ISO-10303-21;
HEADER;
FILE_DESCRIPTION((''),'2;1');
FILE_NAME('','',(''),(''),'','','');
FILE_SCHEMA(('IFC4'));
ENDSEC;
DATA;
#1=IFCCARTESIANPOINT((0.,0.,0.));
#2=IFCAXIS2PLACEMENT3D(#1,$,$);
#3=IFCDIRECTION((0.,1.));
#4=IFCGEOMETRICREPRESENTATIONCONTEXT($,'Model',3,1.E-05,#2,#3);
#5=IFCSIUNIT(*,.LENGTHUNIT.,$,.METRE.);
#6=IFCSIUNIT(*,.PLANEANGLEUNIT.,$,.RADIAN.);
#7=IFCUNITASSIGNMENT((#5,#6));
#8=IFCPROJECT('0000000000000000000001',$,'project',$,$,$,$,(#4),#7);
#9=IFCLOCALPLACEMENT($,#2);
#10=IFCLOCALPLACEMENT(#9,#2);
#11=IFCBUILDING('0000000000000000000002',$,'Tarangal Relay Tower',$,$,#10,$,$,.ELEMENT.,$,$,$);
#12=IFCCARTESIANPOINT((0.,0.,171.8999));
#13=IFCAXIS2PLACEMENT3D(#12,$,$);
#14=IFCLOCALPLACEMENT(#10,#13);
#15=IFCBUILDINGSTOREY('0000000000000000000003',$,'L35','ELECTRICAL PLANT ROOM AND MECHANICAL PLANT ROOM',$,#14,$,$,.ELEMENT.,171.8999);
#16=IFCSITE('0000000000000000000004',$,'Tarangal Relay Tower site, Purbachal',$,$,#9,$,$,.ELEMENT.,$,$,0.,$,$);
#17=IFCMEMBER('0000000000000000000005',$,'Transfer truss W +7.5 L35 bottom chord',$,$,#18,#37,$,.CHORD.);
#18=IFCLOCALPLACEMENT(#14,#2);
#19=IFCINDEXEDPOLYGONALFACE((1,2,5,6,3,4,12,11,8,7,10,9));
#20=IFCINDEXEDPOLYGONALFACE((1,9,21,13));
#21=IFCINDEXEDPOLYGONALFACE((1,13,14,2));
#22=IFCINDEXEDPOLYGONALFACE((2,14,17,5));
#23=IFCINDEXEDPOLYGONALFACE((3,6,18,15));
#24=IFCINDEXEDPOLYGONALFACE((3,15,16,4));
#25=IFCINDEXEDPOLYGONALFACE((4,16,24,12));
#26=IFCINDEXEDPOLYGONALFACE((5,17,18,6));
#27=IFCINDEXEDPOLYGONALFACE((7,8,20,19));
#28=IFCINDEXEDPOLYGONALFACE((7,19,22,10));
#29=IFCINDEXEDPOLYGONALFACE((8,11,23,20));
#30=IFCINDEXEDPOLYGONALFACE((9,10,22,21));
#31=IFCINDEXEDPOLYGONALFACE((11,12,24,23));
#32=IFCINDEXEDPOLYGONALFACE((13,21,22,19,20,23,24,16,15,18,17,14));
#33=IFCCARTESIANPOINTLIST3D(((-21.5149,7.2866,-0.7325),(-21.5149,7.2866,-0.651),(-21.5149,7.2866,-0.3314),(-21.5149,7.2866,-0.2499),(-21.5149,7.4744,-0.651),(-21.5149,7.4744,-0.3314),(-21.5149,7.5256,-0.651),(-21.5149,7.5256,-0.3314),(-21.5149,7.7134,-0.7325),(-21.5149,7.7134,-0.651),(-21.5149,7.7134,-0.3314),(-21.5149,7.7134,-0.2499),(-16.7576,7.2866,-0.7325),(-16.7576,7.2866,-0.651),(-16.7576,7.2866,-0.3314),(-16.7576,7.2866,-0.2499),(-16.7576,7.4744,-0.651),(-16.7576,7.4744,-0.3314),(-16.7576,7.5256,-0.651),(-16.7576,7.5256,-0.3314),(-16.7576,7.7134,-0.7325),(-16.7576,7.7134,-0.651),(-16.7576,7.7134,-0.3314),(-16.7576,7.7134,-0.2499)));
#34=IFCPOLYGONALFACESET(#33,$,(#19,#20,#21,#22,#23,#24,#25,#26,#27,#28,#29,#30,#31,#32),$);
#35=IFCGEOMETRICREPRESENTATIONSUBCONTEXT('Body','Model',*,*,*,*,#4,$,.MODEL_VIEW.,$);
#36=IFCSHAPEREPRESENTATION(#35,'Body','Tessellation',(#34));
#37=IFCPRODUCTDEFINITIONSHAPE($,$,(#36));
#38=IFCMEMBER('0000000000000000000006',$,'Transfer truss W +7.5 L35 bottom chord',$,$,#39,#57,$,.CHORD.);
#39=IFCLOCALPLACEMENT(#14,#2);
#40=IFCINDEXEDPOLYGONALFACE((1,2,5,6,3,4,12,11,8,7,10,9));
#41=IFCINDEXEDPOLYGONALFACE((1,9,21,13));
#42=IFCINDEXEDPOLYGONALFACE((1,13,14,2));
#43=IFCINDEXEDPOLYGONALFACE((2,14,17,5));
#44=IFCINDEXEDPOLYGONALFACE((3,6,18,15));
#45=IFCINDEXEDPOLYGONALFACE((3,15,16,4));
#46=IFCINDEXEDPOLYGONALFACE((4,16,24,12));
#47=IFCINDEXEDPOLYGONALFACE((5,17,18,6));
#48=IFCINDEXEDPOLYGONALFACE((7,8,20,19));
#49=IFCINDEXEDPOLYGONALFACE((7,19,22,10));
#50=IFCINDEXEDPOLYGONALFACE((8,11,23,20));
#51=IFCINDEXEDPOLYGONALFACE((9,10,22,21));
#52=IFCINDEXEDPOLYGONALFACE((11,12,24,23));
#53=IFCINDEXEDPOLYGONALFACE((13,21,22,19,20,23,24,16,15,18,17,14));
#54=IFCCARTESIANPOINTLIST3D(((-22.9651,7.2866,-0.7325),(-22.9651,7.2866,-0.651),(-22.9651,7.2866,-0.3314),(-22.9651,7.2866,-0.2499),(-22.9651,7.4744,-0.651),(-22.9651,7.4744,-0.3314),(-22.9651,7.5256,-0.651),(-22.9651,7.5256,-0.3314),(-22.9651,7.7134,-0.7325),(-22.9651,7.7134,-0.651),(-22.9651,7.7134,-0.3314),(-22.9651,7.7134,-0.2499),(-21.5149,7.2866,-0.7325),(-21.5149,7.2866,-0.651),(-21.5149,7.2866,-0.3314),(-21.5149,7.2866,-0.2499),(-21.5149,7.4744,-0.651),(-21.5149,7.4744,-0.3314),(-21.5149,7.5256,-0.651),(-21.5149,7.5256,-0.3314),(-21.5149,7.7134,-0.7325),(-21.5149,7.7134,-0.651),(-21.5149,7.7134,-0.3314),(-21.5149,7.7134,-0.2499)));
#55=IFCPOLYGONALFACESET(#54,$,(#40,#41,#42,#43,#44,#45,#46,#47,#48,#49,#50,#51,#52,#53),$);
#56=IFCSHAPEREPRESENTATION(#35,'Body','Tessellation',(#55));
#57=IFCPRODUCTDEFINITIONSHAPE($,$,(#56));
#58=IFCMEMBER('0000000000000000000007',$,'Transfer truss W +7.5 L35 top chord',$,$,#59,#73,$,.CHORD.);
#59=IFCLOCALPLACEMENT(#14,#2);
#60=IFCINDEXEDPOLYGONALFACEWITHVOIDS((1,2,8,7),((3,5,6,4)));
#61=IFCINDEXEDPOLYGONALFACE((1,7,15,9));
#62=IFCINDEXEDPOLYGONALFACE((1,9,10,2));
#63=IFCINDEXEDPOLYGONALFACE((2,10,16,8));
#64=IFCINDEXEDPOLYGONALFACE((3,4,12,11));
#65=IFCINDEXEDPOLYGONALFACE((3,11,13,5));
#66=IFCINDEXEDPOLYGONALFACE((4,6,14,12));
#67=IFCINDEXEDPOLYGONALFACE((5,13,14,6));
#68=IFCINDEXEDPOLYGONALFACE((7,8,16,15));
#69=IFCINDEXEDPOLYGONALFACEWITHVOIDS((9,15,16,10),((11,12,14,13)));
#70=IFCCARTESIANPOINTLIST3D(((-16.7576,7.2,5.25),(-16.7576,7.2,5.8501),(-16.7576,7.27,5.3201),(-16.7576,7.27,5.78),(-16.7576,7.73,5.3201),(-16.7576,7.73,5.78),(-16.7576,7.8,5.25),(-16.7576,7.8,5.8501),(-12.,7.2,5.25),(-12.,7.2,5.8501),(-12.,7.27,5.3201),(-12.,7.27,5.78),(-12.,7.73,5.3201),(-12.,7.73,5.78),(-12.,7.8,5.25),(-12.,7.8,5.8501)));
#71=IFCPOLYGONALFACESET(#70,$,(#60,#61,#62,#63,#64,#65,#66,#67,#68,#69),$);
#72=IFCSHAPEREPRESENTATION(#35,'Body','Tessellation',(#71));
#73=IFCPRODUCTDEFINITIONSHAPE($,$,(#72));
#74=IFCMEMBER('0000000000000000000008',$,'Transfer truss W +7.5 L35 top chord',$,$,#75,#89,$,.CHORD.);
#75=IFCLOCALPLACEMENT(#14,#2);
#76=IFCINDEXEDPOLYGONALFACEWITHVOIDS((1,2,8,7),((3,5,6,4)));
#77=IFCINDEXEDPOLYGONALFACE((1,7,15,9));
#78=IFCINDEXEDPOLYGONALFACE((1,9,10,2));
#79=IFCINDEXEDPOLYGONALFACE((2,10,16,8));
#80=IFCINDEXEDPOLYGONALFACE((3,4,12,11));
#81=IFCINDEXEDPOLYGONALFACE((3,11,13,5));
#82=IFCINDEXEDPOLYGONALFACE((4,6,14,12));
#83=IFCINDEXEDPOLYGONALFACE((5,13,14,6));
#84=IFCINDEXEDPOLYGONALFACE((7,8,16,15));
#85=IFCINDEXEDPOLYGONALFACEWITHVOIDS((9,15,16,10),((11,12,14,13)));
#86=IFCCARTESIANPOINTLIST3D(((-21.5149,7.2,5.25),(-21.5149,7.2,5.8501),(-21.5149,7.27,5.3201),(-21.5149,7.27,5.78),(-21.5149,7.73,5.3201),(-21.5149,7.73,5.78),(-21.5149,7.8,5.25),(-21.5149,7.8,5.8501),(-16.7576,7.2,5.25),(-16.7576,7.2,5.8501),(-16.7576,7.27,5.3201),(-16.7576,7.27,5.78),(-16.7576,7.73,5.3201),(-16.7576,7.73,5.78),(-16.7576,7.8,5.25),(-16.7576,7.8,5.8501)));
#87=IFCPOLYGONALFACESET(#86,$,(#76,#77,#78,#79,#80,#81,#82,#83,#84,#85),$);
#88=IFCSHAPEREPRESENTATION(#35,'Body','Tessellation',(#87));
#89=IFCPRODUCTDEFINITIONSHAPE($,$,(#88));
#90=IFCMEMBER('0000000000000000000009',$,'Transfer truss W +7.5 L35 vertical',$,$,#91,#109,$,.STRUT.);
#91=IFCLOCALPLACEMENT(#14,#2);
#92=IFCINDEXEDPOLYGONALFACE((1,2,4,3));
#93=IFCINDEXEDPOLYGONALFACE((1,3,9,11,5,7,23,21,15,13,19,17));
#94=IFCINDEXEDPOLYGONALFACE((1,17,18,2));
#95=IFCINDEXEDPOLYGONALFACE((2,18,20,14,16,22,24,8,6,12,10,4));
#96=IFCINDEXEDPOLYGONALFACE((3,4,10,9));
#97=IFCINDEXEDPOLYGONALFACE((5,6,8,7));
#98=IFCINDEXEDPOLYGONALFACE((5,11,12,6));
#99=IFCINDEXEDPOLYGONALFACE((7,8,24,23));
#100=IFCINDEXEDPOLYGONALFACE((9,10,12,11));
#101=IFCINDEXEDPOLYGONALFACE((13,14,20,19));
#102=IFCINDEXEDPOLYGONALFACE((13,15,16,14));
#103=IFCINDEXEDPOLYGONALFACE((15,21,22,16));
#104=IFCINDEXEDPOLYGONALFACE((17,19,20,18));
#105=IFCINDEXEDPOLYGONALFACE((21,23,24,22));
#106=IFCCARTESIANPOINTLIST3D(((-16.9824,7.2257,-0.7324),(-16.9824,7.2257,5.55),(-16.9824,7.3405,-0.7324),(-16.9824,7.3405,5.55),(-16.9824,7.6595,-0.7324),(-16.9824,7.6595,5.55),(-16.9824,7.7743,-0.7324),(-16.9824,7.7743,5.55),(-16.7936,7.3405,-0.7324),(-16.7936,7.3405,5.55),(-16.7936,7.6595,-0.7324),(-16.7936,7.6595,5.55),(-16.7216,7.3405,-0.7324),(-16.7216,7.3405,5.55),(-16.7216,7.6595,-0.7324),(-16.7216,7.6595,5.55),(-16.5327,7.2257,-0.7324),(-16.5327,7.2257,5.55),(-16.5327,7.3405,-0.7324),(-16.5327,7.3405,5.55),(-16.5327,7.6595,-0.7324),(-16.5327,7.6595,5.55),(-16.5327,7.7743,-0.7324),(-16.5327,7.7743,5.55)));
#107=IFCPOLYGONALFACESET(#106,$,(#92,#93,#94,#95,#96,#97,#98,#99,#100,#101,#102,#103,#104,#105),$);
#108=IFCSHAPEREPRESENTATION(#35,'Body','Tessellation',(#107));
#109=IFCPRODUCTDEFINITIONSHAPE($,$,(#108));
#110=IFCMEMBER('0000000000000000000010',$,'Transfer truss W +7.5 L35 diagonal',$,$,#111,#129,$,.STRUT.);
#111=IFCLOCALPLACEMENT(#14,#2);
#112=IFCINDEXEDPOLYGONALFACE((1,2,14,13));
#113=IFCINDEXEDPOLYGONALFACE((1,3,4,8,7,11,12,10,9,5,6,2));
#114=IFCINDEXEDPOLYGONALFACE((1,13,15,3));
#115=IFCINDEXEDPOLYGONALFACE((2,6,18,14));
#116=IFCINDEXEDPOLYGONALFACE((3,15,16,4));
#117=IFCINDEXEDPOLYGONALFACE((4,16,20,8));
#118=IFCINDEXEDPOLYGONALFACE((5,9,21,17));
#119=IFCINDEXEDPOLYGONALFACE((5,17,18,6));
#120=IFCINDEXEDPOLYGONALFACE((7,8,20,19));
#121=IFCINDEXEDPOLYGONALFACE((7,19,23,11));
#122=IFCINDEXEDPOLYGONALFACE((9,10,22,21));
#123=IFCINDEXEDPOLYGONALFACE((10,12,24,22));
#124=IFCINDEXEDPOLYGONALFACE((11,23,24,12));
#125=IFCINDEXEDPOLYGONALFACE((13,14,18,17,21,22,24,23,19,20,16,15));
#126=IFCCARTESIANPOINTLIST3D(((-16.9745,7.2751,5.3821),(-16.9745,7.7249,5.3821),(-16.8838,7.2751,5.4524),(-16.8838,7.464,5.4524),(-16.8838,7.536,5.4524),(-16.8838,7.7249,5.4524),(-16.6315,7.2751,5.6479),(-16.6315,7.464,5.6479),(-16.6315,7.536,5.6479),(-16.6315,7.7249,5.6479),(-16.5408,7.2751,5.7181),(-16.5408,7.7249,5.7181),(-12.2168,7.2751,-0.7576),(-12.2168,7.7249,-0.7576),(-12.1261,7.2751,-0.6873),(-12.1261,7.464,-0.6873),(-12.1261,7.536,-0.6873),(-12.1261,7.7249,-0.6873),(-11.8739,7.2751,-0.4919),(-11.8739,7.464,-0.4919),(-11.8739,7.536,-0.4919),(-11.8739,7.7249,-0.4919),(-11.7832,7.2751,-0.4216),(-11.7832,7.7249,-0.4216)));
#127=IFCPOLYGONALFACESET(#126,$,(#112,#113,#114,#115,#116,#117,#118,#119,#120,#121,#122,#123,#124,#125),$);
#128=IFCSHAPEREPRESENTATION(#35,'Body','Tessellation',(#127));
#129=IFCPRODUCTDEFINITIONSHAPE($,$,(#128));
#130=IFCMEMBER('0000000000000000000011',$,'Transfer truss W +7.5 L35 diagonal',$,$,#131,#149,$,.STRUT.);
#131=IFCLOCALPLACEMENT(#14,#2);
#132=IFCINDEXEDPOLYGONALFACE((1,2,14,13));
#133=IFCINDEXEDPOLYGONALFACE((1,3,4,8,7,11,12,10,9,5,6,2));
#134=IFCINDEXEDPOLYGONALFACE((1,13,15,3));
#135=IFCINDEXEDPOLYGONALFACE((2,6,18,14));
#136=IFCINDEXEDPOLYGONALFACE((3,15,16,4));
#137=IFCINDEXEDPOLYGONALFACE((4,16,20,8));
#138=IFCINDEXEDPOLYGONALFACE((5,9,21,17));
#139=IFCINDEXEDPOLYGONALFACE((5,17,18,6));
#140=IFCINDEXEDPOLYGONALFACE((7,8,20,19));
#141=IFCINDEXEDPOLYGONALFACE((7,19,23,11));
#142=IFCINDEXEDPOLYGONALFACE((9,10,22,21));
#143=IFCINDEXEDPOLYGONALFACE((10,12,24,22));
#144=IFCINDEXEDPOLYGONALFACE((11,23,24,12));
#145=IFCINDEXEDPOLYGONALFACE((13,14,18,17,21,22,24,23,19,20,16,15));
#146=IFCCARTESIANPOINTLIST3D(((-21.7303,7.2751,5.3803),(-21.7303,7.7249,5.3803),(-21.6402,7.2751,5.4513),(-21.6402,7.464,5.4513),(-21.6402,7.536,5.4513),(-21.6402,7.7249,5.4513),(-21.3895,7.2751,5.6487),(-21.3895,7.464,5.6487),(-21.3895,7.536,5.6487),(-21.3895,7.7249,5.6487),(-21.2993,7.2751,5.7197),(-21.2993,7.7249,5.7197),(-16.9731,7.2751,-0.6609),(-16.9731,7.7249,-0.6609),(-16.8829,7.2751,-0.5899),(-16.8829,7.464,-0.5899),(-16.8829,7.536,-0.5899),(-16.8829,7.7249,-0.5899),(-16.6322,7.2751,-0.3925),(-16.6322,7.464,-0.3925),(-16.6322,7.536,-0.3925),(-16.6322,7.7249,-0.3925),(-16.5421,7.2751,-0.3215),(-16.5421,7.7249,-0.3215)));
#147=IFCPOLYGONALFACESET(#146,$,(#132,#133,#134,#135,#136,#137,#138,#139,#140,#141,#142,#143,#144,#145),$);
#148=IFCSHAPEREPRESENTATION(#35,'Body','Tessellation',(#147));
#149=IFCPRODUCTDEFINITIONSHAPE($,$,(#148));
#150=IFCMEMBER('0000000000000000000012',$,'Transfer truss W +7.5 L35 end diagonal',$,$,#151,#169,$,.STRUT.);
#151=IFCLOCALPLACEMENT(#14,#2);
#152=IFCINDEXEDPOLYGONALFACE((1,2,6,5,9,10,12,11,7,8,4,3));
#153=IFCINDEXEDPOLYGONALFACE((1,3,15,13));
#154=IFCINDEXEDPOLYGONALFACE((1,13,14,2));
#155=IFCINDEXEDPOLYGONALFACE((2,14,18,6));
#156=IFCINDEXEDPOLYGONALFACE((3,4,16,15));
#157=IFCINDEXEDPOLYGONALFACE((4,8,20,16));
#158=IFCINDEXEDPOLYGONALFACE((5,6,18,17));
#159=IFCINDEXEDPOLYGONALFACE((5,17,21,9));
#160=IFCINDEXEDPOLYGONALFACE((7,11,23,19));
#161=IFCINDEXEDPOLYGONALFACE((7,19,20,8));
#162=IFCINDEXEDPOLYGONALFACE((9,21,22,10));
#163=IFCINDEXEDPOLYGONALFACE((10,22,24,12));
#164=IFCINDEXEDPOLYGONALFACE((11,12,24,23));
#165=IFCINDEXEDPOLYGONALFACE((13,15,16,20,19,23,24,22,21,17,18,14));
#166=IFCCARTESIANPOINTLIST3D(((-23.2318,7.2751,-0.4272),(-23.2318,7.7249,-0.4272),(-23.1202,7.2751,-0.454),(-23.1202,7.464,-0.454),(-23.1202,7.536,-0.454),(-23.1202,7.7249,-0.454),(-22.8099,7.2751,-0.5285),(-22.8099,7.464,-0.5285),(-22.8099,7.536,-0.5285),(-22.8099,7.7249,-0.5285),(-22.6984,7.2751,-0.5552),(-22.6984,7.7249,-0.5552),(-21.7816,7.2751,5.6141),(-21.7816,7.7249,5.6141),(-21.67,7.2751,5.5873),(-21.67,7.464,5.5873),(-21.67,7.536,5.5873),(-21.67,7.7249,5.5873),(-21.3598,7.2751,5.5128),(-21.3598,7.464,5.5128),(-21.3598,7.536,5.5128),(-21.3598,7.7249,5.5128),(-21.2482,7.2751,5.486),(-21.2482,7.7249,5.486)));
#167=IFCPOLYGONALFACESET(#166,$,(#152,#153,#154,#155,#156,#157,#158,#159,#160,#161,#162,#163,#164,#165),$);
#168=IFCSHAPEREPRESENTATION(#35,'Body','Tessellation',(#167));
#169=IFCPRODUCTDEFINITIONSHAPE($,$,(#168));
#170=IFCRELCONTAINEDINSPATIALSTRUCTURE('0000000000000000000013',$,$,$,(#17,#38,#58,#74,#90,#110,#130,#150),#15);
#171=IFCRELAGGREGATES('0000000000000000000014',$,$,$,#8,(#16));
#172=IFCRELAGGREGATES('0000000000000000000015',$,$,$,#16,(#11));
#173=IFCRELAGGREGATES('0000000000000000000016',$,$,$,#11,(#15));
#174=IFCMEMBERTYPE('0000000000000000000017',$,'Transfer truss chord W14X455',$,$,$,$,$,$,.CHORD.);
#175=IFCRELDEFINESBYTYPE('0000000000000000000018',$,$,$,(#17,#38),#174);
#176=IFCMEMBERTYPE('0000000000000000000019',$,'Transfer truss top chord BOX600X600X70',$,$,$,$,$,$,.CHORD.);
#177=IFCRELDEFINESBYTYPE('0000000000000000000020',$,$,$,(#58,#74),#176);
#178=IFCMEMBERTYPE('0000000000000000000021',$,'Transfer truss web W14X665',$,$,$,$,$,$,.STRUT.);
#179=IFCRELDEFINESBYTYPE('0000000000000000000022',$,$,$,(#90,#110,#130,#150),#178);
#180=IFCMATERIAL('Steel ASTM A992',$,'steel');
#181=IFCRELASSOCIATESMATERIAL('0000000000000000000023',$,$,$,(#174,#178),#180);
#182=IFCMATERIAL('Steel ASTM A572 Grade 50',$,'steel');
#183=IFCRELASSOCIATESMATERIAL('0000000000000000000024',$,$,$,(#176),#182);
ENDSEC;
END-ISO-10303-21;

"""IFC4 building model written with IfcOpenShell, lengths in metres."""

from ifc_helpers import new_model, si_unit, direction, frame, origin, origin_2d, place, context, subcontext, project, spatial, hollow_rectangle, i_section, extrude, material, material_profile, profile_set, type_object, element, save


model = new_model("IFC4")

# Units and contexts
model_context = context("Model", 3, precision=1e-05, world=origin(), true_north=direction((0.0, 1.0)))
body_context = subcontext(model_context, "Body", "Model", "MODEL_VIEW")
ifc_project = project(units=[si_unit("LENGTHUNIT", "METRE"), si_unit("PLANEANGLEUNIT", "RADIAN")], contexts=[model_context])

# Site, building, storey
site_placement = place(None, origin())
site = spatial("IfcSite", under=ifc_project, at=site_placement, Name="Tarangal Relay Tower site, Purbachal", CompositionType="ELEMENT", RefElevation=0.0)
building_placement = place(site_placement, origin())
building = spatial("IfcBuilding", under=site, at=building_placement, Name="Tarangal Relay Tower", CompositionType="ELEMENT")
storey_placement = place(building_placement, frame((0.0, 0.0, 171.8999)))
storey = spatial("IfcBuildingStorey", under=building, at=storey_placement, Name="L35", Description="ELECTRICAL PLANT ROOM AND MECHANICAL PLANT ROOM", CompositionType="ELEMENT", Elevation=171.8999)

# Shared definitions
ifc_material_1 = material(Name="Steel ASTM A572 Grade 50", Category="steel")

# Shared definitions
ifc_material_2 = material(Name="Steel ASTM A992", Category="steel")

# Members
ifc_material_profile_1 = material_profile(ifc_material_2, i_section(OverallWidth=0.4268, OverallDepth=0.4827, WebThickness=0.0513, FlangeThickness=0.0815, at=origin_2d()), Name="W14X455")
ifc_profile_set_1 = profile_set([ifc_material_profile_1], Name="Steel ASTM A992")
member_type_1 = type_object("IfcMemberType", Name="Transfer truss chord W14X455", PredefinedType="CHORD", material=ifc_profile_set_1)
member_1_placement = place(storey_placement, frame((-16.7576, 7.5, -0.4912), z_axis=(-1.0, 0.0, 0.0), x_axis=(0.0, -1.0, 0.0)))
element("IfcMember", 1, at=member_1_placement, inside=storey, type_object=member_type_1, Name="Transfer truss W +7.5 L35 bottom chord", PredefinedType="CHORD", context=body_context, shape_type="SweptSolid", body=[
    extrude(i_section(OverallWidth=0.4268, OverallDepth=0.4827, WebThickness=0.0513, FlangeThickness=0.0815, at=origin_2d()), origin(), (0.0, 0.0, 1.0), 4.7573),
])
member_2_placement = place(storey_placement, frame((-21.5149, 7.5, -0.4912), z_axis=(-1.0, 0.0, 0.0), x_axis=(0.0, -1.0, 0.0)))
element("IfcMember", 2, at=member_2_placement, inside=storey, type_object=member_type_1, Name="Transfer truss W +7.5 L35 bottom chord", PredefinedType="CHORD", context=body_context, shape_type="SweptSolid", body=[
    extrude(i_section(OverallWidth=0.4268, OverallDepth=0.4827, WebThickness=0.0513, FlangeThickness=0.0815, at=origin_2d()), origin(), (0.0, 0.0, 1.0), 1.4502),
])
ifc_material_profile_2 = material_profile(ifc_material_1, hollow_rectangle(XDim=0.6001, YDim=0.6001, WallThickness=0.0701, at=origin_2d()), Name="BOX600X600X70")
ifc_profile_set_2 = profile_set([ifc_material_profile_2], Name="Steel ASTM A572 Grade 50")
member_type_2 = type_object("IfcMemberType", Name="Transfer truss top chord BOX600X600X70", PredefinedType="CHORD", material=ifc_profile_set_2)
member_3_placement = place(storey_placement, frame((-12.0, 7.5, 5.55), z_axis=(-1.0, 0.0, 0.0), x_axis=(0.0, -1.0, 0.0)))
element("IfcMember", 3, at=member_3_placement, inside=storey, type_object=member_type_2, Name="Transfer truss W +7.5 L35 top chord", PredefinedType="CHORD", context=body_context, shape_type="SweptSolid", body=[
    extrude(hollow_rectangle(XDim=0.6001, YDim=0.6001, WallThickness=0.0701, at=origin_2d()), origin(), (0.0, 0.0, 1.0), 4.7576),
])
member_4_placement = place(storey_placement, frame((-16.7576, 7.5, 5.55), z_axis=(-1.0, 0.0, 0.0), x_axis=(0.0, -1.0, 0.0)))
element("IfcMember", 4, at=member_4_placement, inside=storey, type_object=member_type_2, Name="Transfer truss W +7.5 L35 top chord", PredefinedType="CHORD", context=body_context, shape_type="SweptSolid", body=[
    extrude(hollow_rectangle(XDim=0.6001, YDim=0.6001, WallThickness=0.0701, at=origin_2d()), origin(), (0.0, 0.0, 1.0), 4.7573),
])
ifc_material_profile_3 = material_profile(ifc_material_2, i_section(OverallWidth=0.4497, OverallDepth=0.5486, WebThickness=0.072, FlangeThickness=0.1147, at=origin_2d()), Name="W14X665")
ifc_profile_set_3 = profile_set([ifc_material_profile_3], Name="Steel ASTM A992")
member_type_3 = type_object("IfcMemberType", Name="Transfer truss web W14X665", PredefinedType="STRUT", material=ifc_profile_set_3)
member_5_placement = place(storey_placement, frame((-16.7576, 7.5, -0.7324), z_axis=(0.0, 0.0, 1.0), x_axis=(1.0, 0.0, 0.0)))
element("IfcMember", 5, at=member_5_placement, inside=storey, type_object=member_type_3, Name="Transfer truss W +7.5 L35 vertical", PredefinedType="STRUT", context=body_context, shape_type="SweptSolid", body=[
    extrude(i_section(OverallWidth=0.4497, OverallDepth=0.5486, WebThickness=0.072, FlangeThickness=0.1147, at=origin_2d()), origin(), (0.0, 0.0, 1.0), 6.2825),
])
member_6_placement = place(storey_placement, frame((-12.0, 7.5, -0.5896), z_axis=(-0.612519, 0.0, 0.790456), x_axis=(0.0, -1.0, 0.0)))
element("IfcMember", 6, at=member_6_placement, inside=storey, type_object=member_type_3, Name="Transfer truss W +7.5 L35 diagonal", PredefinedType="STRUT", context=body_context, shape_type="SweptSolid", body=[
    extrude(i_section(OverallWidth=0.4497, OverallDepth=0.5486, WebThickness=0.072, FlangeThickness=0.1147, at=origin_2d()), origin(), (0.0, 0.0, 1.0), 7.7673),
])
member_7_placement = place(storey_placement, frame((-16.7576, 7.5, -0.4912), z_axis=(-0.618675, 0.0, 0.785647), x_axis=(0.0, -1.0, 0.0)))
element("IfcMember", 7, at=member_7_placement, inside=storey, type_object=member_type_3, Name="Transfer truss W +7.5 L35 diagonal", PredefinedType="STRUT", context=body_context, shape_type="SweptSolid", body=[
    extrude(i_section(OverallWidth=0.4497, OverallDepth=0.5486, WebThickness=0.072, FlangeThickness=0.1147, at=origin_2d()), origin(), (0.0, 0.0, 1.0), 7.6895),
])
member_8_placement = place(storey_placement, frame((-22.9651, 7.5, -0.4912), z_axis=(0.233418, 0.0, 0.972377), x_axis=(0.0, 1.0, 0.0)))
element("IfcMember", 8, at=member_8_placement, inside=storey, type_object=member_type_3, Name="Transfer truss W +7.5 L35 end diagonal", PredefinedType="STRUT", context=body_context, shape_type="SweptSolid", body=[
    extrude(i_section(OverallWidth=0.4497, OverallDepth=0.5486, WebThickness=0.072, FlangeThickness=0.1147, at=origin_2d()), origin(), (0.0, 0.0, 1.0), 6.2129),
])

save(model, "model.ifc")
